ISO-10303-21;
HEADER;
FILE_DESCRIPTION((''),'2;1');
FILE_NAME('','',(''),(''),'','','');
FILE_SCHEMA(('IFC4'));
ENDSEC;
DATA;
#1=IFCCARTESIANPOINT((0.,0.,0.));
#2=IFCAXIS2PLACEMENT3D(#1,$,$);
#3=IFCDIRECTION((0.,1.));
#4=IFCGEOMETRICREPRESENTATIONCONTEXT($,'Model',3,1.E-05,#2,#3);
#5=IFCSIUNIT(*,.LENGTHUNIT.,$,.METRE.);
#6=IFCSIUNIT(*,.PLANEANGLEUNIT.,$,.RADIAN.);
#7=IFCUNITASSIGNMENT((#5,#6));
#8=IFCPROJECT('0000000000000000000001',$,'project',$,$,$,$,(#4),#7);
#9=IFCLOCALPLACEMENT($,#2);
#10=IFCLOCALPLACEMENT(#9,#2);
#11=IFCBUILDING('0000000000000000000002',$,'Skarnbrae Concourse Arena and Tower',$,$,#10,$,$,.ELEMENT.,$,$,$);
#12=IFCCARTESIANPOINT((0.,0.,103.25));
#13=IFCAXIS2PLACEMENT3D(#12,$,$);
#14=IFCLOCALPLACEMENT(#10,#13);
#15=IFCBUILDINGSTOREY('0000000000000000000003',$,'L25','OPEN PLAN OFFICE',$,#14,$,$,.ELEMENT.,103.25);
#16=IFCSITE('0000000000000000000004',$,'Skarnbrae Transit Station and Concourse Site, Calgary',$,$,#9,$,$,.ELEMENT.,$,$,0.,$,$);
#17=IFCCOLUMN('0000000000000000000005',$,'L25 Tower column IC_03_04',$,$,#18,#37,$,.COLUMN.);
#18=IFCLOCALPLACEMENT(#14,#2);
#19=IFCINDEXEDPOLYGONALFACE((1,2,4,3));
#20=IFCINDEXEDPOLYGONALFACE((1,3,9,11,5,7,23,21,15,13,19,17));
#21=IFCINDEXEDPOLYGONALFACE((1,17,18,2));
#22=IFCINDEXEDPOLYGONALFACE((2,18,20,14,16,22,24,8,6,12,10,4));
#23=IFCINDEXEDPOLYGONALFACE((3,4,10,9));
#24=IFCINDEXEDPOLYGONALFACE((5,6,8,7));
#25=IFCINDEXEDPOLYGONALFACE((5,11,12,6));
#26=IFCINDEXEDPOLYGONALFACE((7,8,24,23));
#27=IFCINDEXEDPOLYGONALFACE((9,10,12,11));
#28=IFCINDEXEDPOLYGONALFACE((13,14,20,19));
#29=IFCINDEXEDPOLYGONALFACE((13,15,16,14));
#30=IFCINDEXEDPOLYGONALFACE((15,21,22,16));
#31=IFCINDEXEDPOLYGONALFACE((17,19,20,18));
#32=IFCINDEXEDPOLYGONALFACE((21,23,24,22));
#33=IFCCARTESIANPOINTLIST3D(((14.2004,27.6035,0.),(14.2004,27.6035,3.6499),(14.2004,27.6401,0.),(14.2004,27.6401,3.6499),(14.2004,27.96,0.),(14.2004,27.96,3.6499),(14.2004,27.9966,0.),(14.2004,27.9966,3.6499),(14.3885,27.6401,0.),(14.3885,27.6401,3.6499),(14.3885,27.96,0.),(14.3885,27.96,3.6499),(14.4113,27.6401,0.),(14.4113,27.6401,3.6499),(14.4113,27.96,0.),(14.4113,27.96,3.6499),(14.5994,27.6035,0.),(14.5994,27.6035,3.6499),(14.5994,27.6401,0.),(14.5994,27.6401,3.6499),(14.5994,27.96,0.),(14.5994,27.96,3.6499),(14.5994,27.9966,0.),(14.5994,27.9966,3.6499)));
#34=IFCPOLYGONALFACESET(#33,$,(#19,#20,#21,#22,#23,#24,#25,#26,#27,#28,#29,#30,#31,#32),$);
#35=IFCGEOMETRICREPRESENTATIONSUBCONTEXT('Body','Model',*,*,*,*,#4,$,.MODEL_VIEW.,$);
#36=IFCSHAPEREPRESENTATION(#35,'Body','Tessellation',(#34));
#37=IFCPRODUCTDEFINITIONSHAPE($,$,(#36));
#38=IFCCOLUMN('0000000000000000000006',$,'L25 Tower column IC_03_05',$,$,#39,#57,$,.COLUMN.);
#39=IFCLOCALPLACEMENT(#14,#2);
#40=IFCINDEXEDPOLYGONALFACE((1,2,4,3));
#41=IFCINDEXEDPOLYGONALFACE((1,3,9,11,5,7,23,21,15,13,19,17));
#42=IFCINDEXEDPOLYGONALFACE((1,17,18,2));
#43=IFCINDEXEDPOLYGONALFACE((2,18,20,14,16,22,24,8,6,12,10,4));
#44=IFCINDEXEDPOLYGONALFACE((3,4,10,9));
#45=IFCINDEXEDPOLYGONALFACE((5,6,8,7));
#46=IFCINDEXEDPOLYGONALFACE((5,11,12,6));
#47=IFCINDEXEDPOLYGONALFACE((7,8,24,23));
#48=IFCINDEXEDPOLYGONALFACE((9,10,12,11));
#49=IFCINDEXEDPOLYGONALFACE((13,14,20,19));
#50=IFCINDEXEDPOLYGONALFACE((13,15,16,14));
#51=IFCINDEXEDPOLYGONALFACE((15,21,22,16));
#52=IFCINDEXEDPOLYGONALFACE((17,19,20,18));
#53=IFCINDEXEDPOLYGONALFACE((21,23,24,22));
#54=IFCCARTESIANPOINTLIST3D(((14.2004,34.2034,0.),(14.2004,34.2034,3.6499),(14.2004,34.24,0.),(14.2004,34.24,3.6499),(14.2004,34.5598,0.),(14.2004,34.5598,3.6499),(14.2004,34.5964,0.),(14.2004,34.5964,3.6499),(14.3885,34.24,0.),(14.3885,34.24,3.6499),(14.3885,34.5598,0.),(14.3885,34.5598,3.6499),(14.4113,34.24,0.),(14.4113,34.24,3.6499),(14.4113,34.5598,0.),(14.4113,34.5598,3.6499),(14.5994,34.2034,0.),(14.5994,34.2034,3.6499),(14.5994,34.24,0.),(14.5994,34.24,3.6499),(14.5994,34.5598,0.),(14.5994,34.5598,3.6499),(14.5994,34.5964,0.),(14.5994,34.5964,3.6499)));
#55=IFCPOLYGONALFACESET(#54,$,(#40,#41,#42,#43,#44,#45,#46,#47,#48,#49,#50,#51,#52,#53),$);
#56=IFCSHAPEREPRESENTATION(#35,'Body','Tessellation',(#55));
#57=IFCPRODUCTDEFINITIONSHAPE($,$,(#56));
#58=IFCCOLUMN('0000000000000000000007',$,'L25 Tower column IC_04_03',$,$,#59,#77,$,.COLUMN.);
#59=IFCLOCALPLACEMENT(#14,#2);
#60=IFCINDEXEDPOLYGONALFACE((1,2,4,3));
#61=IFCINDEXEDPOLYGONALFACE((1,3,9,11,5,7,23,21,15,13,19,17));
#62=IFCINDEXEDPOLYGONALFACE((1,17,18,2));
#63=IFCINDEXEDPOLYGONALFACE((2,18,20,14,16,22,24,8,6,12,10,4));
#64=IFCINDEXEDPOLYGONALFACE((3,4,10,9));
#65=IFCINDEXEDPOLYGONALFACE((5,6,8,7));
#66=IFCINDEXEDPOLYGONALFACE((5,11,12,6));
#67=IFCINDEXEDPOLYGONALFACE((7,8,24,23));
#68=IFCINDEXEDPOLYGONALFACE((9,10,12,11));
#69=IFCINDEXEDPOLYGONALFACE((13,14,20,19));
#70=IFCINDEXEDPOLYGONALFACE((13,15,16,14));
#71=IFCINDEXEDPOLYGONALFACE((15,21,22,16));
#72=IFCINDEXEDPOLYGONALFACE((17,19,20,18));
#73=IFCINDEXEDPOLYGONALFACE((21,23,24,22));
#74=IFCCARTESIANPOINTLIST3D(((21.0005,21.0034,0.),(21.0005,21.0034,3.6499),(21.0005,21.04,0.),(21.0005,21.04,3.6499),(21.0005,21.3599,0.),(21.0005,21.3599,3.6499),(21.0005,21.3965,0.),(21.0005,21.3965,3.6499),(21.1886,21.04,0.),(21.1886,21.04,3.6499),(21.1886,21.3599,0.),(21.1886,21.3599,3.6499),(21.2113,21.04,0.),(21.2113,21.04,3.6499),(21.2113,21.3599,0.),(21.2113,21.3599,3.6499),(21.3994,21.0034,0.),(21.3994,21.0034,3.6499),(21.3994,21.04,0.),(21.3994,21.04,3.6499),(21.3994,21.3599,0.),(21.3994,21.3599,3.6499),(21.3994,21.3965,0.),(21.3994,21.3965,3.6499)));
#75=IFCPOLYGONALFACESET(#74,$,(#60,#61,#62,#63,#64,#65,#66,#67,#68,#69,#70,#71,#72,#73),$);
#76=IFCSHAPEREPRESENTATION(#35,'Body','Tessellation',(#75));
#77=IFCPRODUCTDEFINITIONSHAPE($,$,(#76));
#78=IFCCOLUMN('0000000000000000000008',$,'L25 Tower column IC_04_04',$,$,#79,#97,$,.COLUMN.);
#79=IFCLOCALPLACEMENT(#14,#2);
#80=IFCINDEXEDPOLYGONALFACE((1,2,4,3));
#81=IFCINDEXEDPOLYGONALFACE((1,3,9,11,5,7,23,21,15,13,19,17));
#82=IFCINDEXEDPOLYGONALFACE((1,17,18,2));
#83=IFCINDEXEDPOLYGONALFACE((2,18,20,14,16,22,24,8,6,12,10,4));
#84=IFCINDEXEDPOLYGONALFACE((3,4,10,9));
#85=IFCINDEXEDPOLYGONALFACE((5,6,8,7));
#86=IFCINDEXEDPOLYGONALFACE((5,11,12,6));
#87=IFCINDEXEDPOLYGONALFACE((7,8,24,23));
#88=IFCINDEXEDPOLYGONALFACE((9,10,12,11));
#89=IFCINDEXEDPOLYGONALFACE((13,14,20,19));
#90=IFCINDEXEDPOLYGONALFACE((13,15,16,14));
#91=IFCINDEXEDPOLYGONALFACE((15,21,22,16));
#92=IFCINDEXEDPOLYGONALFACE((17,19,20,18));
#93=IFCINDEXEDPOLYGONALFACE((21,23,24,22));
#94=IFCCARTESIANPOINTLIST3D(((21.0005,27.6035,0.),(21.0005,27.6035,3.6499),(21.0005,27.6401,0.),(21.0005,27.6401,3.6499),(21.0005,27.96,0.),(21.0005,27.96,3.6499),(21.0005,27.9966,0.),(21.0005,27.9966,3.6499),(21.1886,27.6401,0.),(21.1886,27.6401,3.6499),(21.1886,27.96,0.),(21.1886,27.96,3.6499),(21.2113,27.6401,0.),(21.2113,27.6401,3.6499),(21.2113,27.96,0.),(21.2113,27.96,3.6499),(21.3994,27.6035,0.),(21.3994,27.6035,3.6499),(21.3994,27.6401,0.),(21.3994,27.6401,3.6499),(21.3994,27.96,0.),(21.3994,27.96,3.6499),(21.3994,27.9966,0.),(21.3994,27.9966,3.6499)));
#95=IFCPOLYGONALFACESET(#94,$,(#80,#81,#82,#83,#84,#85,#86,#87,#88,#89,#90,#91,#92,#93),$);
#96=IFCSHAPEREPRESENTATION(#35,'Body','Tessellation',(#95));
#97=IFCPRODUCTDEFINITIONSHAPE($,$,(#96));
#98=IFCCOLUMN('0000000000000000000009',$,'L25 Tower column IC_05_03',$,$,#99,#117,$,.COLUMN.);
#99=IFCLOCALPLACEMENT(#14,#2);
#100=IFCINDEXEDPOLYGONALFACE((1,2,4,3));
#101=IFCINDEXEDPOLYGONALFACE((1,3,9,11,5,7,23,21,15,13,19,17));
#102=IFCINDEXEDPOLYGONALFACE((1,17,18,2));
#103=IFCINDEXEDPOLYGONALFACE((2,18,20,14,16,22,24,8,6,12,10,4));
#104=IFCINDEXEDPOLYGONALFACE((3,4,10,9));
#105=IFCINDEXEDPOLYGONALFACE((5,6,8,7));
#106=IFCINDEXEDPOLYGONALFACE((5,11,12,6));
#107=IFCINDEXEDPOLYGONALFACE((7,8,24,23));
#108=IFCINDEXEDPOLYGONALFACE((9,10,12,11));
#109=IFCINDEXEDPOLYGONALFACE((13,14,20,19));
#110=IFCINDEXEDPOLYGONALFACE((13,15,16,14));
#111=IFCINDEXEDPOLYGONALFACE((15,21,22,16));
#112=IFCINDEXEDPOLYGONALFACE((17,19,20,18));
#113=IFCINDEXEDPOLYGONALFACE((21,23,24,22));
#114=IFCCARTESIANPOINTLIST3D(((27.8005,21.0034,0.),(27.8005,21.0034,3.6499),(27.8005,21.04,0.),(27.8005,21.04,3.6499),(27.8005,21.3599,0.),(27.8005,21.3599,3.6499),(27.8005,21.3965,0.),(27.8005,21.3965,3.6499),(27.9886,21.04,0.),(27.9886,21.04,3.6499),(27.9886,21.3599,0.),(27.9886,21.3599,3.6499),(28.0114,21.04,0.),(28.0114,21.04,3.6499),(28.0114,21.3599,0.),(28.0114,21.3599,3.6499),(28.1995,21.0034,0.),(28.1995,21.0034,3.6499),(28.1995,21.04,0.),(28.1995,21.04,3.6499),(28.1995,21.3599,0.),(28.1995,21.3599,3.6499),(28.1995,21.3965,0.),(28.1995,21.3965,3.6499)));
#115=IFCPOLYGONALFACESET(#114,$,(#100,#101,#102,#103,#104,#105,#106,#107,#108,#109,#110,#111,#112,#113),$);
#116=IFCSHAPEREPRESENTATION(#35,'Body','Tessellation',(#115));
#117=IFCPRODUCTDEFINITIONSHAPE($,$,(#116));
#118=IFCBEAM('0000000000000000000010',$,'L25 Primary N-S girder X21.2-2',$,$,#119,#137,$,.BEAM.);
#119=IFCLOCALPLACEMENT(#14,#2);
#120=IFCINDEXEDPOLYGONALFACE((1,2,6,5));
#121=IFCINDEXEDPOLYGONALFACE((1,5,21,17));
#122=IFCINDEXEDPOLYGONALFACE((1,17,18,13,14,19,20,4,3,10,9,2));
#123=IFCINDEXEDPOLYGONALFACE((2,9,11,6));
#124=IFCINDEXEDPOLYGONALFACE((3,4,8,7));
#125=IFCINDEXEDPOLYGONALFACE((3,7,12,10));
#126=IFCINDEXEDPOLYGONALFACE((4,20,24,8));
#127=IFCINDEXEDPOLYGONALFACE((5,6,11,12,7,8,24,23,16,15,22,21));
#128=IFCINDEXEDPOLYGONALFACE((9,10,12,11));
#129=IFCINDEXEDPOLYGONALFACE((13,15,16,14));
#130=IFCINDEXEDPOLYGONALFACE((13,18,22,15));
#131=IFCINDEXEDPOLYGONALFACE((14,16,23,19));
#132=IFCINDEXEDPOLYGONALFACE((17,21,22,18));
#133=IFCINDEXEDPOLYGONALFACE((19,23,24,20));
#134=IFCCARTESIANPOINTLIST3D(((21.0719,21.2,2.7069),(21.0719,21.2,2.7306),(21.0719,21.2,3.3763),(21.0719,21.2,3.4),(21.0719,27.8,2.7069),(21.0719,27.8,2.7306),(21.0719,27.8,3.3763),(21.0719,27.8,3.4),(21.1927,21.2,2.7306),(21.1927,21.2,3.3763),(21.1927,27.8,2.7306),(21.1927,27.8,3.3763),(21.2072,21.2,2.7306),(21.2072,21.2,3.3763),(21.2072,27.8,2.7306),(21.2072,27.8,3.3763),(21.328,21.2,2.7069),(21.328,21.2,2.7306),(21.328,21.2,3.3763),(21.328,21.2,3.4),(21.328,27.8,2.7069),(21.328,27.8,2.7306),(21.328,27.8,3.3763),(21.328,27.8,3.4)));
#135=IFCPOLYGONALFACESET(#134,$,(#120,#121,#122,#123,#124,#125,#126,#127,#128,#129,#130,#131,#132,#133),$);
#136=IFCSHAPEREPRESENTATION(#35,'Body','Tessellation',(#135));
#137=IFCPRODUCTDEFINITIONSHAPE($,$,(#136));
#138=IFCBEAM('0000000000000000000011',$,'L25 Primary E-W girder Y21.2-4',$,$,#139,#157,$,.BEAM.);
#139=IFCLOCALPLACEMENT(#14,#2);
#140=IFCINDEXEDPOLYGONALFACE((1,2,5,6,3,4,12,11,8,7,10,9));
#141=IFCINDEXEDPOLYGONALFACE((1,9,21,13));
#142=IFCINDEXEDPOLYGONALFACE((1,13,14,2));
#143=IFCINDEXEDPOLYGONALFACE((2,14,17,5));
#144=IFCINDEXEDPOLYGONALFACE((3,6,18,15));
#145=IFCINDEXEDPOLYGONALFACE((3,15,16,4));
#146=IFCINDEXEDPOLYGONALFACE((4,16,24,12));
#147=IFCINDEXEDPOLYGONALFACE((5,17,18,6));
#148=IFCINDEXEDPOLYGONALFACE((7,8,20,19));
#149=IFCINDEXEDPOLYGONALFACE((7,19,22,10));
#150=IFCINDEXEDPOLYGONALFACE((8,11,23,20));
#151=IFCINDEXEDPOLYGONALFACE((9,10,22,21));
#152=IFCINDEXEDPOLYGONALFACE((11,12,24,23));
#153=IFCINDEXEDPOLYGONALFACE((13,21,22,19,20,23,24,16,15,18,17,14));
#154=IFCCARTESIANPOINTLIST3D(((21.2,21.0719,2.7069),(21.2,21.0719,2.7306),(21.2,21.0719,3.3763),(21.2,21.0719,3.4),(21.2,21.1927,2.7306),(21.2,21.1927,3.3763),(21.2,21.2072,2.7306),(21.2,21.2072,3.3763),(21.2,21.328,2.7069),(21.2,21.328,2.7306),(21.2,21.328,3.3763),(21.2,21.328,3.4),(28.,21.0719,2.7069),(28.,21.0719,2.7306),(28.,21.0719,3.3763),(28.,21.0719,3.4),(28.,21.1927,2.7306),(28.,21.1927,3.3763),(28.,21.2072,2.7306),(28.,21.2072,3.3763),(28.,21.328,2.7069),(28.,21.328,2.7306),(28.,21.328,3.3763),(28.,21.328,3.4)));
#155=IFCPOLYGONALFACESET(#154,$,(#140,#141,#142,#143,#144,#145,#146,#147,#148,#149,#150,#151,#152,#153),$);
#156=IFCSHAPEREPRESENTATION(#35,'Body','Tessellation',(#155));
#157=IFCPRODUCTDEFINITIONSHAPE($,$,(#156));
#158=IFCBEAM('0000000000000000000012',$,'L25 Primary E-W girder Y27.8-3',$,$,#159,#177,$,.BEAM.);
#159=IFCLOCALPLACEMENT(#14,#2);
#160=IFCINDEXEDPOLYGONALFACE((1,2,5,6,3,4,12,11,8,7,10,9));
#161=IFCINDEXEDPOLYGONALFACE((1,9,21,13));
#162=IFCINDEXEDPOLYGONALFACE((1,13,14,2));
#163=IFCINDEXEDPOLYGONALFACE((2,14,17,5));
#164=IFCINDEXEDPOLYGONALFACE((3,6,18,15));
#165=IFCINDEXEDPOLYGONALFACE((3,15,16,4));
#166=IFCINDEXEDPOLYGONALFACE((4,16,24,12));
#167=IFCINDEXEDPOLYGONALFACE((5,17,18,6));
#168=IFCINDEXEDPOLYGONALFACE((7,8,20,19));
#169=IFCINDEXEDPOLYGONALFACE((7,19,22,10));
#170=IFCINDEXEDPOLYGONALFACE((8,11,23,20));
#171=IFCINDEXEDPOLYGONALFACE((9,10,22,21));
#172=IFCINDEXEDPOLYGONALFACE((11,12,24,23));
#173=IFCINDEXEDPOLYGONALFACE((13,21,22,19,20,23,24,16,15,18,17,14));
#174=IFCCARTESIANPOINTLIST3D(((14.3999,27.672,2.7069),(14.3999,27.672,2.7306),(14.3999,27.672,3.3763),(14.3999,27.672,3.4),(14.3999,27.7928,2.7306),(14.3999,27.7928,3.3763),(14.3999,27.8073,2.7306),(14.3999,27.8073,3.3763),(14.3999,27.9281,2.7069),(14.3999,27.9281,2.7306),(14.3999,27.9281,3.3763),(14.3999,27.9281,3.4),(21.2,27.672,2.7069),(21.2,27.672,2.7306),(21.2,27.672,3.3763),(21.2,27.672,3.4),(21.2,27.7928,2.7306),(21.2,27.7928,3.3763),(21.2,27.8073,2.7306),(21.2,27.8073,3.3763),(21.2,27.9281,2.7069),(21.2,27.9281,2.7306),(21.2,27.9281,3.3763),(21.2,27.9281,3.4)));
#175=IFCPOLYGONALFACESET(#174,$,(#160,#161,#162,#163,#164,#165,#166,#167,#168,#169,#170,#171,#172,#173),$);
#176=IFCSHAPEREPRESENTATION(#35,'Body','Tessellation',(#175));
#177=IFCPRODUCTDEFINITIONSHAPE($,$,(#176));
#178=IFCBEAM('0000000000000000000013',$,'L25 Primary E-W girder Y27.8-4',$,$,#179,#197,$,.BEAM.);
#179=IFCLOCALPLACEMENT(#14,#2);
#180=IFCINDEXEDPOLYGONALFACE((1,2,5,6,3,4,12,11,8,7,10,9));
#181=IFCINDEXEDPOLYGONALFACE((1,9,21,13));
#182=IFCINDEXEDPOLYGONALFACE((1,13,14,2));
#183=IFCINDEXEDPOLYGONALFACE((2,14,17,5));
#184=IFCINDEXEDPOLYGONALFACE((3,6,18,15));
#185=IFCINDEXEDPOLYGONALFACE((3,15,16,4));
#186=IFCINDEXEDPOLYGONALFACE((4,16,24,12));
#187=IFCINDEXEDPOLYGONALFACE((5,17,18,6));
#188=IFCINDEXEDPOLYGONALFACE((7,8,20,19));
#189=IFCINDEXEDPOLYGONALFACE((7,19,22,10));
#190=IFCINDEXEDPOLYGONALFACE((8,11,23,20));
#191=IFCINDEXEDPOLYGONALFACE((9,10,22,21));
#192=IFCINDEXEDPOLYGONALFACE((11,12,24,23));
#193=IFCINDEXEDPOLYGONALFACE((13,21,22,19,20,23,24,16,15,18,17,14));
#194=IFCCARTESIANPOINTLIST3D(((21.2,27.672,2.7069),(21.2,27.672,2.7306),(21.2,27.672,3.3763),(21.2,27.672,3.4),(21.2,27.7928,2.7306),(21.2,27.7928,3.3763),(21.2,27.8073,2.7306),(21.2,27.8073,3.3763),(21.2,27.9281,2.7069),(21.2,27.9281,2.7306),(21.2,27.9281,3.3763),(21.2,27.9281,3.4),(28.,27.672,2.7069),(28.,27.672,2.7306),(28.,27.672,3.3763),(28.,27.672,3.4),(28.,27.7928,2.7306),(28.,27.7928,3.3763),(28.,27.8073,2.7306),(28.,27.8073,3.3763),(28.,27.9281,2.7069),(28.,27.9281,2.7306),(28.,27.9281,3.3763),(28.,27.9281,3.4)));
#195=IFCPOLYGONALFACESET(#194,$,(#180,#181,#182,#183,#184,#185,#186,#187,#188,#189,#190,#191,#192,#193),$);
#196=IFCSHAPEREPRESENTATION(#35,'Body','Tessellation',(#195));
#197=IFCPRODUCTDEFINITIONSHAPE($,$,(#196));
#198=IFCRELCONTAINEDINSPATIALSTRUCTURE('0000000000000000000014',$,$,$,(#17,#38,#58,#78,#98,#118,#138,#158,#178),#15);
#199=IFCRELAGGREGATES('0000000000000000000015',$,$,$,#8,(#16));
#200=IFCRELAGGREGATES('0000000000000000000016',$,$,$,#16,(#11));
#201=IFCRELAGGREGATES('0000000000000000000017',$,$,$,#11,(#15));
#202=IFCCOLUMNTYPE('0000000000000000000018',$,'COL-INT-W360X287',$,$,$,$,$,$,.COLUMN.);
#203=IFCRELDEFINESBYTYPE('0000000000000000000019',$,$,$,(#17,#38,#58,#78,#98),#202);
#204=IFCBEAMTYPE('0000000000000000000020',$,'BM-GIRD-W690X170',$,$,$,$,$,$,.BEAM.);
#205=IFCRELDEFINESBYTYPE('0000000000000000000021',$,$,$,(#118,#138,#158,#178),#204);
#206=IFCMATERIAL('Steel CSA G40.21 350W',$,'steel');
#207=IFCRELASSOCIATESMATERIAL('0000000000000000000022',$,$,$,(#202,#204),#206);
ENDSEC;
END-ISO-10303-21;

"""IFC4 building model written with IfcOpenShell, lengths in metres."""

from ifc_helpers import new_model, si_unit, direction, frame, origin, origin_2d, place, context, subcontext, project, spatial, i_section, extrude, source, transform, mapped, material, material_profile, profile_set, type_object, element, save


model = new_model("IFC4")

# Units and contexts
model_context = context("Model", 3, precision=1e-05, world=origin(), true_north=direction((0.0, 1.0)))
body_context = subcontext(model_context, "Body", "Model", "MODEL_VIEW")
ifc_project = project(units=[si_unit("LENGTHUNIT", "METRE"), si_unit("PLANEANGLEUNIT", "RADIAN")], contexts=[model_context])

# Site, building, storey
site_placement = place(None, origin())
site = spatial("IfcSite", under=ifc_project, at=site_placement, Name="Skarnbrae Transit Station and Concourse Site, Calgary", CompositionType="ELEMENT", RefElevation=0.0)
building_placement = place(site_placement, origin())
building = spatial("IfcBuilding", under=site, at=building_placement, Name="Skarnbrae Concourse Arena and Tower", CompositionType="ELEMENT")
storey_placement = place(building_placement, frame((0.0, 0.0, 103.25)))
storey = spatial("IfcBuildingStorey", under=building, at=storey_placement, Name="L25", Description="OPEN PLAN OFFICE", CompositionType="ELEMENT", Elevation=103.25)

# Columns
ifc_material_1 = material(Name="Steel CSA G40.21 350W", Category="steel")
ifc_material_profile_1 = material_profile(ifc_material_1, i_section(OverallWidth=0.3989, OverallDepth=0.3931, WebThickness=0.0227, FlangeThickness=0.0366, at=origin_2d()), Name="W360X287")
ifc_profile_set_1 = profile_set([ifc_material_profile_1], Name="Steel CSA G40.21 350W")
column_type = type_object("IfcColumnType", Name="COL-INT-W360X287", PredefinedType="COLUMN", material=ifc_profile_set_1)
shared_shape_1 = source(origin(), body_context, "Body", "SweptSolid", [
    extrude(i_section(OverallWidth=0.3989, OverallDepth=0.3931, WebThickness=0.0227, FlangeThickness=0.0366, at=origin_2d()), origin(), (0.0, 0.0, 1.0), 3.6499),
])
for number, where, z_axis, x_axis, name in (
    (1, (14.3999, 27.8, 0.0), (0.0, 0.0, 1.0), (1.0, 0.0, 0.0), "L25 Tower column IC_03_04"),
    (2, (14.3999, 34.3999, 0.0), (0.0, 0.0, 1.0), (1.0, 0.0, 0.0), "L25 Tower column IC_03_05"),
    (3, (21.2, 21.2, 0.0), (0.0, 0.0, 1.0), (1.0, 0.0, 0.0), "L25 Tower column IC_04_03"),
    (4, (21.2, 27.8, 0.0), (0.0, 0.0, 1.0), (1.0, 0.0, 0.0), "L25 Tower column IC_04_04"),
    (5, (28.0, 21.2, 0.0), (0.0, 0.0, 1.0), (1.0, 0.0, 0.0), "L25 Tower column IC_05_03"),
):
    element("IfcColumn", number, at=place(storey_placement, frame(where, z_axis=z_axis, x_axis=x_axis)), inside=storey, type_object=column_type, Name=name, PredefinedType="COLUMN", context=body_context, shape_type="MappedRepresentation", body=[
        mapped(shared_shape_1, transform((0.0, 0.0, 0.0))),
    ])

# Beams
ifc_material_profile_2 = material_profile(ifc_material_1, i_section(OverallWidth=0.2561, OverallDepth=0.6931, WebThickness=0.0144, FlangeThickness=0.0237, at=origin_2d()), Name="W690X170")
ifc_profile_set_2 = profile_set([ifc_material_profile_2], Name="Steel CSA G40.21 350W")
beam_type_1 = type_object("IfcBeamType", Name="BM-GIRD-W690X170", PredefinedType="BEAM", material=ifc_profile_set_2)
shared_shape_2 = source(origin(), body_context, "Body", "SweptSolid", [
    extrude(i_section(OverallWidth=0.2561, OverallDepth=0.6931, WebThickness=0.0144, FlangeThickness=0.0237, at=origin_2d()), origin(), (0.0, 0.0, 1.0), 6.6001),
])
beam_1_placement = place(storey_placement, frame((21.2, 21.2, 3.0535), z_axis=(0.0, 1.0, 0.0), x_axis=(-1.0, 0.0, 0.0)))
element("IfcBeam", 6, at=beam_1_placement, inside=storey, type_object=beam_type_1, Name="L25 Primary N-S girder X21.2-2", PredefinedType="BEAM", context=body_context, shape_type="MappedRepresentation", body=[
    mapped(shared_shape_2, transform((0.0, 0.0, 0.0))),
])
shared_shape_3 = source(origin(), body_context, "Body", "SweptSolid", [
    extrude(i_section(OverallWidth=0.2561, OverallDepth=0.6931, WebThickness=0.0144, FlangeThickness=0.0237, at=origin_2d()), origin(), (0.0, 0.0, 1.0), 6.8),
])
for number, where, z_axis, x_axis, name in (
    (7, (21.2, 21.2, 3.0535), (1.0, 0.0, 0.0), (0.0, 1.0, 0.0), "L25 Primary E-W girder Y21.2-4"),
    (8, (14.3999, 27.8, 3.0535), (1.0, 0.0, 0.0), (0.0, 1.0, 0.0), "L25 Primary E-W girder Y27.8-3"),
    (9, (21.2, 27.8, 3.0535), (1.0, 0.0, 0.0), (0.0, 1.0, 0.0), "L25 Primary E-W girder Y27.8-4"),
):
    element("IfcBeam", number, at=place(storey_placement, frame(where, z_axis=z_axis, x_axis=x_axis)), inside=storey, type_object=beam_type_1, Name=name, PredefinedType="BEAM", context=body_context, shape_type="MappedRepresentation", body=[
        mapped(shared_shape_3, transform((0.0, 0.0, 0.0))),
    ])

save(model, "model.ifc")
